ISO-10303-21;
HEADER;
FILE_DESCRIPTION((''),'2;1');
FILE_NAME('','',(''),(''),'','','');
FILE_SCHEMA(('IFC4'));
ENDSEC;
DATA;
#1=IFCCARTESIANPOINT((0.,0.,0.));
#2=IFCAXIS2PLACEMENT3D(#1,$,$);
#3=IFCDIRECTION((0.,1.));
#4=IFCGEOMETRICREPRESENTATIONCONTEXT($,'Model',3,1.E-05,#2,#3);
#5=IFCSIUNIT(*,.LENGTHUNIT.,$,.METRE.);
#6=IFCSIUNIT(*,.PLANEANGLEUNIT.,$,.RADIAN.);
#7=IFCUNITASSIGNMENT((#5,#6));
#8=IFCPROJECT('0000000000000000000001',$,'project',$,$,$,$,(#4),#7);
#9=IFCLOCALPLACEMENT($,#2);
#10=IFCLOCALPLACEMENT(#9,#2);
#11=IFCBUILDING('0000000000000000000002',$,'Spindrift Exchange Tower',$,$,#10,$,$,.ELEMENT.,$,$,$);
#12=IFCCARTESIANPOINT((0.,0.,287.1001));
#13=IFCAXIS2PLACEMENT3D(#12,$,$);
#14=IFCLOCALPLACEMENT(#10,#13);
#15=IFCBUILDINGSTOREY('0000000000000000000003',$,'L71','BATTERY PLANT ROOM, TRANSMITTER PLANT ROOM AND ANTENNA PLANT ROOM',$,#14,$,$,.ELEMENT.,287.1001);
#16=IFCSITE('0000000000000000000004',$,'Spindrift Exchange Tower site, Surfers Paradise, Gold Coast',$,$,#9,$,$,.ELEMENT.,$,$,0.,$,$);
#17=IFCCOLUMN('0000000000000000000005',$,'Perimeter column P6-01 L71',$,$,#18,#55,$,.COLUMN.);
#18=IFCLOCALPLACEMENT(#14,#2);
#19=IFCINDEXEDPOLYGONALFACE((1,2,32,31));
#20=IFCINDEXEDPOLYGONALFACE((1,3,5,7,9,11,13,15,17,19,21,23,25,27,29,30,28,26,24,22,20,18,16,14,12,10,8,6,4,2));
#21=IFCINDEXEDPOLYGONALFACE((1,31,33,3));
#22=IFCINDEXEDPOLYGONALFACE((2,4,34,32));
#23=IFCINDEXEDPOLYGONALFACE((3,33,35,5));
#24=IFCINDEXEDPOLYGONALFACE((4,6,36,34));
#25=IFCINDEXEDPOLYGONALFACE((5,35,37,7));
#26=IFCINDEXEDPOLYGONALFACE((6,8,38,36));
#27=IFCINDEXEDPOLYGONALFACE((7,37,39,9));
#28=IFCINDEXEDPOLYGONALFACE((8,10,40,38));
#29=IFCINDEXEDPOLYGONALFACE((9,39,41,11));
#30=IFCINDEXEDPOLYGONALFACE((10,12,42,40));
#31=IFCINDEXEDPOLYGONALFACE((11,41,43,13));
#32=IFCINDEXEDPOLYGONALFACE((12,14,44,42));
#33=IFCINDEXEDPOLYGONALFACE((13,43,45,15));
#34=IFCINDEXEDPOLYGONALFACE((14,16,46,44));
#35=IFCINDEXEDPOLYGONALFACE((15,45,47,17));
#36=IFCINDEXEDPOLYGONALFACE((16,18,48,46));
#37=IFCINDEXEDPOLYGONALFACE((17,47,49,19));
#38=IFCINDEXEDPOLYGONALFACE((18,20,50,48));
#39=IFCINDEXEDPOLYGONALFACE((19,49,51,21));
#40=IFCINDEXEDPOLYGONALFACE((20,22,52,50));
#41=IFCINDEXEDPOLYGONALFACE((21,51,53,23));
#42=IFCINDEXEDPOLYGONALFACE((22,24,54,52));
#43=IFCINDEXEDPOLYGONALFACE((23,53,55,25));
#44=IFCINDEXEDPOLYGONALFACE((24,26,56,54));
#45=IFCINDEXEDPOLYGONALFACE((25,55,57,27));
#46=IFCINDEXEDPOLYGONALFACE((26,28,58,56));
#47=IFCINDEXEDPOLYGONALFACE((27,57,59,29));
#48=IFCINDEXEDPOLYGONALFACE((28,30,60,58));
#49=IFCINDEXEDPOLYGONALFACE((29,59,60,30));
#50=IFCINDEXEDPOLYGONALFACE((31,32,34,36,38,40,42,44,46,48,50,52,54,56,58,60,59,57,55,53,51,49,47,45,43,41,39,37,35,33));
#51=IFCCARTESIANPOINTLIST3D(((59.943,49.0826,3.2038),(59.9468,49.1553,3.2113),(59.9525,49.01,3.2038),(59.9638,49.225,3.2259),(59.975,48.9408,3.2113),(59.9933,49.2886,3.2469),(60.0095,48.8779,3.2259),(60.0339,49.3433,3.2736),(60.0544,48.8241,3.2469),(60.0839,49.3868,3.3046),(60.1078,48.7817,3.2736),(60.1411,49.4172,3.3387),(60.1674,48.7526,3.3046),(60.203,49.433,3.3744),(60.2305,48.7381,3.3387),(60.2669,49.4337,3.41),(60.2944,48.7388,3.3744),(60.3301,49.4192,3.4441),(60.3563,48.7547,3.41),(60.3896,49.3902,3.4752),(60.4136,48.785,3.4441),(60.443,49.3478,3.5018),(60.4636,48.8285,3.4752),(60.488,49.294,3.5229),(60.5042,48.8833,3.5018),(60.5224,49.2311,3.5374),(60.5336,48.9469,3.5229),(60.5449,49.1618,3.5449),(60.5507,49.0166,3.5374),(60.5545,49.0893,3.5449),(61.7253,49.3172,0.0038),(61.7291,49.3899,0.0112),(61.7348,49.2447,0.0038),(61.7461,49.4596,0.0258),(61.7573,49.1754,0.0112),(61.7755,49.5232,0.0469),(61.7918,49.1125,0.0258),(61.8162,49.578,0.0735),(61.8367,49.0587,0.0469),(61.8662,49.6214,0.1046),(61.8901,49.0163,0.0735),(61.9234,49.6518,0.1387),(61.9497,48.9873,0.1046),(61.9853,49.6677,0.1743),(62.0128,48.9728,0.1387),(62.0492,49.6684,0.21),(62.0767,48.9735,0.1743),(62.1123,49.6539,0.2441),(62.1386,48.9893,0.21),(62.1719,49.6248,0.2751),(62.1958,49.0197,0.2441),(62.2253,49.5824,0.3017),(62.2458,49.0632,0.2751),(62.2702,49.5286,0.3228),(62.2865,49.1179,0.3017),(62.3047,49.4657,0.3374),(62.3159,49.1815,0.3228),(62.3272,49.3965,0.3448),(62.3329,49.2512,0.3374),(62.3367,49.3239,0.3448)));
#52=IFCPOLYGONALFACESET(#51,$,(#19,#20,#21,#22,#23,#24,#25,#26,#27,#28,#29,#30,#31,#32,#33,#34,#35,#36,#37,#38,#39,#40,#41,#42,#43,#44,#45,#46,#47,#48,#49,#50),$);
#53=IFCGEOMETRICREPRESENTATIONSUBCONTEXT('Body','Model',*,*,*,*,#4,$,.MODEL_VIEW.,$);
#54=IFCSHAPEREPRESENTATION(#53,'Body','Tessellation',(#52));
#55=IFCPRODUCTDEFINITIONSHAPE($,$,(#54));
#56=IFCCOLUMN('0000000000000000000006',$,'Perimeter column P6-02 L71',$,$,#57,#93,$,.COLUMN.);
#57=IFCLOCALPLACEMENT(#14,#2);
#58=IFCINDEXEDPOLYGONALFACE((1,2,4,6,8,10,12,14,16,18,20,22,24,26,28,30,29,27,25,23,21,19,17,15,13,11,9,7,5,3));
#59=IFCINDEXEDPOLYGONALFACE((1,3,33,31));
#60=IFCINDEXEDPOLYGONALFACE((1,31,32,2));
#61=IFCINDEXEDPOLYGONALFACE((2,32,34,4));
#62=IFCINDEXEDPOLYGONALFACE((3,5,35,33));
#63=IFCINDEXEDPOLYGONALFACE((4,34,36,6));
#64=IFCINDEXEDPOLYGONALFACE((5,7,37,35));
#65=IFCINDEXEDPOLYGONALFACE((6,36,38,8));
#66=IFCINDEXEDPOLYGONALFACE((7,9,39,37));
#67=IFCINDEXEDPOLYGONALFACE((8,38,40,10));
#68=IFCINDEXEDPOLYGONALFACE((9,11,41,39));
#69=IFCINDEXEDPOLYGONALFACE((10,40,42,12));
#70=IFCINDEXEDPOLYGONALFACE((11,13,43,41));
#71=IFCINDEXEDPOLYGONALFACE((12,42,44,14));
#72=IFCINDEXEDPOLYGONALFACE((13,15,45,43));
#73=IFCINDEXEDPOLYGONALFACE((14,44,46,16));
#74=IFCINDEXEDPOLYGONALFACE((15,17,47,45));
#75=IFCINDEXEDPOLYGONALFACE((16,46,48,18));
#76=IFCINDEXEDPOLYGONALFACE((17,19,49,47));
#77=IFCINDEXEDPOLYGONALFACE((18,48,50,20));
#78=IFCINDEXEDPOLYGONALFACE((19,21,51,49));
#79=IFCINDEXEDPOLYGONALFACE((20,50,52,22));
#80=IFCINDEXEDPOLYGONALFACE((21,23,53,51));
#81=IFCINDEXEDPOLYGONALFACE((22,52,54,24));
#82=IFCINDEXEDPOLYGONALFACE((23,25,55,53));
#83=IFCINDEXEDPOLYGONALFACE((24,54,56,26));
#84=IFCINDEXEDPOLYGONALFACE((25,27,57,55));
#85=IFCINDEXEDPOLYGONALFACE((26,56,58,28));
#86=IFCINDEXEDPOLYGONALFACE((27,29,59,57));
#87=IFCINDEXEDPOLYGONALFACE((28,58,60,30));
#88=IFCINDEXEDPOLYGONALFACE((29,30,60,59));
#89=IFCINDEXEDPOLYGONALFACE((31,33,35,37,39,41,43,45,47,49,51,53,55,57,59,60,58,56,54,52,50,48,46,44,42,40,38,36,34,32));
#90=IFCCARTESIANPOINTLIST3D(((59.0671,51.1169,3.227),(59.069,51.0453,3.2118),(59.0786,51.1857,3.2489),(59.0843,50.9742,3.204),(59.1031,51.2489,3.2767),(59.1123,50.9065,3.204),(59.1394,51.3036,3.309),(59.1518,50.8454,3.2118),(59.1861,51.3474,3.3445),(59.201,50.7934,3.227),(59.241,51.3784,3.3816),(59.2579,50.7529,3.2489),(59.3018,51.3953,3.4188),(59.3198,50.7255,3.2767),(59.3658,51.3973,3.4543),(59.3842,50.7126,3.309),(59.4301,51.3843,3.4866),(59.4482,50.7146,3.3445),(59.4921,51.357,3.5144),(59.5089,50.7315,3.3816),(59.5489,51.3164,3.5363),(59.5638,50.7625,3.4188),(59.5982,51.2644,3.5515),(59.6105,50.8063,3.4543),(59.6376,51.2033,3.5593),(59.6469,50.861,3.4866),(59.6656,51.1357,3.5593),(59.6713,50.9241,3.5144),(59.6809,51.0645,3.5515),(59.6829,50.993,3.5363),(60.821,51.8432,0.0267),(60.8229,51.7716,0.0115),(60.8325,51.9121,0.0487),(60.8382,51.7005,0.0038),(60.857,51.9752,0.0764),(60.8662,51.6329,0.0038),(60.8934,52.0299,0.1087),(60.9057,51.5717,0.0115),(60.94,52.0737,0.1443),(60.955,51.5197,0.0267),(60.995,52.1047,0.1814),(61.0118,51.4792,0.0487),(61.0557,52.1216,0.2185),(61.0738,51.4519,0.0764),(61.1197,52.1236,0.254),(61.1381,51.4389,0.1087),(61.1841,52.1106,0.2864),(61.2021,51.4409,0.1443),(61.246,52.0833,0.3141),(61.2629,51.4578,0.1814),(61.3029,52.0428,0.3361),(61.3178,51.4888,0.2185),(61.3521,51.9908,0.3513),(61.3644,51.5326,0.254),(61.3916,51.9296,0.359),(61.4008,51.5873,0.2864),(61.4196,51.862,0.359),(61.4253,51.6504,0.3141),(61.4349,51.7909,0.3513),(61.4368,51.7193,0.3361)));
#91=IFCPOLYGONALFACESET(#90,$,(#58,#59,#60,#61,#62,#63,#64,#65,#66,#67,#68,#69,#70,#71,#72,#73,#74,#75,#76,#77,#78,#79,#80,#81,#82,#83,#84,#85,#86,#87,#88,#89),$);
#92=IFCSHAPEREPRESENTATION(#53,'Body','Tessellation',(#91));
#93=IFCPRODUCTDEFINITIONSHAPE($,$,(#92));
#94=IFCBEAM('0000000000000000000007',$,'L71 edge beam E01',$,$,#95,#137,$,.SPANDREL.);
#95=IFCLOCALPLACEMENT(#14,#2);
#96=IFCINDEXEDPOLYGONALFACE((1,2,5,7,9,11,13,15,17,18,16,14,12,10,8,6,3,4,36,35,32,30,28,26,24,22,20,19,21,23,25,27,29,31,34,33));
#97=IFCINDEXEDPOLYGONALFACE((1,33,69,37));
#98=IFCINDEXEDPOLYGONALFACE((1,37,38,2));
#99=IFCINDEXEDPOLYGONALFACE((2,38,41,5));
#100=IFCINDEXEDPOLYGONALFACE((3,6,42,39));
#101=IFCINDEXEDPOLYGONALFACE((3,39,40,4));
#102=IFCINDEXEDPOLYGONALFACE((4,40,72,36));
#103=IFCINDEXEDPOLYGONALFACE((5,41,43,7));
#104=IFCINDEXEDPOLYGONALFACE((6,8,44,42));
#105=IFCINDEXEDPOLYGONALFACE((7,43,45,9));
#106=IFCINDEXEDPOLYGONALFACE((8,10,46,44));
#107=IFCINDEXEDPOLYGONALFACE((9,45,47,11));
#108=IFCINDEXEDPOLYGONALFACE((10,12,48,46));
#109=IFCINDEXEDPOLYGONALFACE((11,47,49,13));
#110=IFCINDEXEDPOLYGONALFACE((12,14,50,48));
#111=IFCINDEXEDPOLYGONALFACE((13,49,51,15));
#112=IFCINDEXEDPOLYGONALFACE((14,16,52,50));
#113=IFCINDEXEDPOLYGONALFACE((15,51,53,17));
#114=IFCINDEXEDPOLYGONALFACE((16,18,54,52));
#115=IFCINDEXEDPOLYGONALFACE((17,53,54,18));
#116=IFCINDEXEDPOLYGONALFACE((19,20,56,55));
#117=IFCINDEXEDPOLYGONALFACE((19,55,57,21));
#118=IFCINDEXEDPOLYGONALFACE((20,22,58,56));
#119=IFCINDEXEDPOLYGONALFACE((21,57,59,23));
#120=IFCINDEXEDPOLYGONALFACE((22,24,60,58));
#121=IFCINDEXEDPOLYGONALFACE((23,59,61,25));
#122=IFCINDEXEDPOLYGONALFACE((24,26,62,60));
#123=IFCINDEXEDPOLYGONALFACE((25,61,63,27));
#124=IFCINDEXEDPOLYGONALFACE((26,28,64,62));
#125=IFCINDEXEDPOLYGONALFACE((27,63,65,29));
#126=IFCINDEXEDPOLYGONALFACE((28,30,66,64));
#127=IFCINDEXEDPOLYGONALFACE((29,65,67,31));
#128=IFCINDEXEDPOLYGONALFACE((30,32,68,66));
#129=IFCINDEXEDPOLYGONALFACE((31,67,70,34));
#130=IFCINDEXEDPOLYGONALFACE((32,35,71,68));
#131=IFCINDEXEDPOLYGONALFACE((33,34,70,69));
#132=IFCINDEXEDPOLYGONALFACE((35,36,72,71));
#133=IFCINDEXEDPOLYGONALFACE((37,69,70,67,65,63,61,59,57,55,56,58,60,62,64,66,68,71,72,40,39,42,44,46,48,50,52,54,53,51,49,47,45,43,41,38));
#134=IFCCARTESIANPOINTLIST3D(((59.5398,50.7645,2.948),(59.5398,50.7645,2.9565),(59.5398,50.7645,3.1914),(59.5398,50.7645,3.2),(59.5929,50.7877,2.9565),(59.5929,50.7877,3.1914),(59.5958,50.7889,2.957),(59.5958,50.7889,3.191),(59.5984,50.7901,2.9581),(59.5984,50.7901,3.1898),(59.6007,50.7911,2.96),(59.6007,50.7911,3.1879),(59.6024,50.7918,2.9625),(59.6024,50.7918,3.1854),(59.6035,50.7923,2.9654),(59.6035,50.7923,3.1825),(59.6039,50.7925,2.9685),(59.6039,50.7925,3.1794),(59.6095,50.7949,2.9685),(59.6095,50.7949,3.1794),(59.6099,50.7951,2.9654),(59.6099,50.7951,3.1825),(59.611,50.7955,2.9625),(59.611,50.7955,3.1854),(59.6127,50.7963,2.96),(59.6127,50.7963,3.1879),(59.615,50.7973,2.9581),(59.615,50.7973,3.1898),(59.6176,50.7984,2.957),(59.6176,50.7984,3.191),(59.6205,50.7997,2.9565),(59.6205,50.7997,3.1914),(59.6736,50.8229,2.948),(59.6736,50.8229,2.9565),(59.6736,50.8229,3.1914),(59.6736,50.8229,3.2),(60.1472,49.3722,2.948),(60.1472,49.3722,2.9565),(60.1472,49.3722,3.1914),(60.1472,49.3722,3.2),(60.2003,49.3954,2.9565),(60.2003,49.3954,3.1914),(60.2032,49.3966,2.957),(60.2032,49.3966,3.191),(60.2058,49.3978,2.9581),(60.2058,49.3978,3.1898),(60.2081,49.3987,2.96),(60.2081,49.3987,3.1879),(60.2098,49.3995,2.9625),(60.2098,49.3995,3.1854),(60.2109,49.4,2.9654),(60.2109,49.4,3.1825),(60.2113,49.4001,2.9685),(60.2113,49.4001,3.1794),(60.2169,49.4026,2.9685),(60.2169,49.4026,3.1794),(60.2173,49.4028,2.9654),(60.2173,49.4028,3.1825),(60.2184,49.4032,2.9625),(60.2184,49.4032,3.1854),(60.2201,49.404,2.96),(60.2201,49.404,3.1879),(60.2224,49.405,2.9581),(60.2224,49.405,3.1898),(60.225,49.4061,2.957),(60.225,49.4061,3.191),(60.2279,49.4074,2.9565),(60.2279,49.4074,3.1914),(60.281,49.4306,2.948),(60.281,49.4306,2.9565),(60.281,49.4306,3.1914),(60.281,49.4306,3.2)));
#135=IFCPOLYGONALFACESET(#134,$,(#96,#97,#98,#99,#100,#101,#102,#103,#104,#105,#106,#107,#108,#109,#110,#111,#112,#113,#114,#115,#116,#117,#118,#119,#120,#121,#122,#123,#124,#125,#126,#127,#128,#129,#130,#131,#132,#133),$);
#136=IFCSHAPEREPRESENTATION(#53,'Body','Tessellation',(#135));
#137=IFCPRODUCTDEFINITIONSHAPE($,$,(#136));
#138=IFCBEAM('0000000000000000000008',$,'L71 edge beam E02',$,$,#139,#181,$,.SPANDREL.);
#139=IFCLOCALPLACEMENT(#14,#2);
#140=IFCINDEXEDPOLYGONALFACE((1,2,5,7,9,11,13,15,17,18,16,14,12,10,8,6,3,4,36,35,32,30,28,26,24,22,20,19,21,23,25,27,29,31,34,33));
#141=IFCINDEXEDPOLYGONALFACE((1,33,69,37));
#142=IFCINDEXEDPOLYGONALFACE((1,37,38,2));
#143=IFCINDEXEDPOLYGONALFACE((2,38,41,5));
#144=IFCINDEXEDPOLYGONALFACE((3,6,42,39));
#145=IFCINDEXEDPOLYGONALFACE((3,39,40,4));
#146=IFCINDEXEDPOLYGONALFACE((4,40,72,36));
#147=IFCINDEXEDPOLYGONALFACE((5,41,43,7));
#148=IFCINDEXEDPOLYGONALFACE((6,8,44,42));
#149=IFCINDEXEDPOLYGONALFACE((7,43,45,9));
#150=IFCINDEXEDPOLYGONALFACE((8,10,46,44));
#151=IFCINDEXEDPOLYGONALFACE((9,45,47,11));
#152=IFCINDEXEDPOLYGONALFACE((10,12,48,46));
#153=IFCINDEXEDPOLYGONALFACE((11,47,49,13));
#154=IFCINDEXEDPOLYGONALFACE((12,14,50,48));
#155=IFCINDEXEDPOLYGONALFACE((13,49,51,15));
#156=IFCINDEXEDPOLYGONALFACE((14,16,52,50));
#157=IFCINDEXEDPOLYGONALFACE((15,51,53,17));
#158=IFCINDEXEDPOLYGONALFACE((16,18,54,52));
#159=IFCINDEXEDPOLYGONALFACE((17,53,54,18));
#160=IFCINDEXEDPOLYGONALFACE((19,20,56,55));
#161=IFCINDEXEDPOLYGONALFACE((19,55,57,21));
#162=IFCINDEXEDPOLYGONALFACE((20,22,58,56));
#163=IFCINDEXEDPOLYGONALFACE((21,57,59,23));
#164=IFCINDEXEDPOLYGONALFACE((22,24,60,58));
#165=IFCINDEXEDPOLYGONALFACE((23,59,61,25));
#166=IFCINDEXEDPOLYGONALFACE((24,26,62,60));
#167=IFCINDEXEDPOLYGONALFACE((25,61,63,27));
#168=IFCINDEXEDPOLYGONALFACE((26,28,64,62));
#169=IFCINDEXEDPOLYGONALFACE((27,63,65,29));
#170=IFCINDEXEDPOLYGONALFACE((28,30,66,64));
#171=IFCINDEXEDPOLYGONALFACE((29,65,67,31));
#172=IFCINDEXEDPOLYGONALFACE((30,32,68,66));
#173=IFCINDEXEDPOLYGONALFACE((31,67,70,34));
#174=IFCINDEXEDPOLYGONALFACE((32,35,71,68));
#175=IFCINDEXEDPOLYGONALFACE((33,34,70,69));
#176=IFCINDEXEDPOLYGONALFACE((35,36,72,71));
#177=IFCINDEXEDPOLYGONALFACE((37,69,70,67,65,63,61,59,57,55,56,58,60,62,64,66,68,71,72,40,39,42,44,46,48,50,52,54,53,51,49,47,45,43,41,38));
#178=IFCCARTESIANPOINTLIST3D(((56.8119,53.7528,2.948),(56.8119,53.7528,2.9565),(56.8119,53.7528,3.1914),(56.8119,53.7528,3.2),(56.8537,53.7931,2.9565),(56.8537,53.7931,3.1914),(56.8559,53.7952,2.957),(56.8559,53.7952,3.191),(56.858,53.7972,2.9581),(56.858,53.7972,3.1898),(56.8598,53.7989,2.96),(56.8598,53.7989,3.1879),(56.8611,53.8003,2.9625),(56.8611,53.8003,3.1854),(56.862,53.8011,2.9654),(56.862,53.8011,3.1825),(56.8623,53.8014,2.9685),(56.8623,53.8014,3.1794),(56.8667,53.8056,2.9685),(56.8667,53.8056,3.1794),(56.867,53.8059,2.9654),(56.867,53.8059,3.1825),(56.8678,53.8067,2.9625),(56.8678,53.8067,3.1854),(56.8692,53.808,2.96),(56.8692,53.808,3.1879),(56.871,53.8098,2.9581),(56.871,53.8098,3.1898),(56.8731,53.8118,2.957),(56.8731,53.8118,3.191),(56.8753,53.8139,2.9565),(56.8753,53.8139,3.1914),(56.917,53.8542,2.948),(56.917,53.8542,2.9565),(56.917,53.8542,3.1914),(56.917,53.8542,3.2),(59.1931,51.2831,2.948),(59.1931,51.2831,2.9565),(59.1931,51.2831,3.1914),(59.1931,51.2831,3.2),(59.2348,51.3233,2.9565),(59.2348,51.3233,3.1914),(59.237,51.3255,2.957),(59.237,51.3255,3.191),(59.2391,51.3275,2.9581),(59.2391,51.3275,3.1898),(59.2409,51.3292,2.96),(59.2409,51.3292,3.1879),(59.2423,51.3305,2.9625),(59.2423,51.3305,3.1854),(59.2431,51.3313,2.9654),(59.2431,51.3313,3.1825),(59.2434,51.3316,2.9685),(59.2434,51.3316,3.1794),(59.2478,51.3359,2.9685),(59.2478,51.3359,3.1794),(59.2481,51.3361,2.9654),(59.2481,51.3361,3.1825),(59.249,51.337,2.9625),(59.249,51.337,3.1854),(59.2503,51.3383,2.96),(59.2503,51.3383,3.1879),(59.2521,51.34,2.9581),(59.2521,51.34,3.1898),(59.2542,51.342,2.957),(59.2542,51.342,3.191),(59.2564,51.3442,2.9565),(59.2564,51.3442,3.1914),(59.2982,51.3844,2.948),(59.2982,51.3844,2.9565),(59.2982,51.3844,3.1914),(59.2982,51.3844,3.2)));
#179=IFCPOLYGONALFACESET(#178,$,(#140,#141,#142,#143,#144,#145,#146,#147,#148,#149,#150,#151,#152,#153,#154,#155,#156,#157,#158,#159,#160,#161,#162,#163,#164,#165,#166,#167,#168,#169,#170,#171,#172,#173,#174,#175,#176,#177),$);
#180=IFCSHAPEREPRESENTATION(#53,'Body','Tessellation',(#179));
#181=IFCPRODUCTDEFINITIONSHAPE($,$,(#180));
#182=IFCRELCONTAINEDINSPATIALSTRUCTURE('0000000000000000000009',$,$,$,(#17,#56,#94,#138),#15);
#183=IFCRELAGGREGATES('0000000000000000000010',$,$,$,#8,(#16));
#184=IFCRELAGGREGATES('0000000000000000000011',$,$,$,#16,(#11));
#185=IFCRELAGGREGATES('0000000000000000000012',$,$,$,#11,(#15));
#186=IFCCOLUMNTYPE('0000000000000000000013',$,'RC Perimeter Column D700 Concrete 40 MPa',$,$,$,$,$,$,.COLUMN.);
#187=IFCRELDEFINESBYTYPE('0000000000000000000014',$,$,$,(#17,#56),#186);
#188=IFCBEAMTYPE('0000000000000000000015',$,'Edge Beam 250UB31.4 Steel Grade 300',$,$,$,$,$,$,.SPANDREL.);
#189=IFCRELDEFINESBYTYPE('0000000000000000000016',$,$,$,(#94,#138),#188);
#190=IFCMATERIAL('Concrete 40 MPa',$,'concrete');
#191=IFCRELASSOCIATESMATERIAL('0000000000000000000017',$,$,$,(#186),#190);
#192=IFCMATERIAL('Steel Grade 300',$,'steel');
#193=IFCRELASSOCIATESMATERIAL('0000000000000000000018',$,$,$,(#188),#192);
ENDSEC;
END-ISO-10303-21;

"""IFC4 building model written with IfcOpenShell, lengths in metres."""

from ifc_helpers import new_model, si_unit, direction, frame, origin, origin_2d, place, context, subcontext, project, spatial, circle, i_section, extrude, source, transform, mapped, material, material_profile, profile_set, type_object, element, save


model = new_model("IFC4")

# Units and contexts
model_context = context("Model", 3, precision=1e-05, world=origin(), true_north=direction((0.0, 1.0)))
body_context = subcontext(model_context, "Body", "Model", "MODEL_VIEW")
ifc_project = project(units=[si_unit("LENGTHUNIT", "METRE"), si_unit("PLANEANGLEUNIT", "RADIAN")], contexts=[model_context])

# Site, building, storey
site_placement = place(None, origin())
site = spatial("IfcSite", under=ifc_project, at=site_placement, Name="Spindrift Exchange Tower site, Surfers Paradise, Gold Coast", CompositionType="ELEMENT", RefElevation=0.0)
building_placement = place(site_placement, origin())
building = spatial("IfcBuilding", under=site, at=building_placement, Name="Spindrift Exchange Tower", CompositionType="ELEMENT")
storey_placement = place(building_placement, frame((0.0, 0.0, 287.1001)))
storey = spatial("IfcBuildingStorey", under=building, at=storey_placement, Name="L71", Description="BATTERY PLANT ROOM, TRANSMITTER PLANT ROOM AND ANTENNA PLANT ROOM", CompositionType="ELEMENT", Elevation=287.1001)

# Columns
ifc_material_1 = material(Name="Concrete 40 MPa", Category="concrete")
ifc_material_profile_1 = material_profile(ifc_material_1, circle(Radius=0.3501, at=origin_2d()), Name="RC D700")
ifc_profile_set_1 = profile_set([ifc_material_profile_1], Name="Concrete 40 MPa")
column_type = type_object("IfcColumnType", Name="RC Perimeter Column D700 Concrete 40 MPa", PredefinedType="COLUMN", material=ifc_profile_set_1)
shared_shape_1 = source(origin(), body_context, "Body", "SweptSolid", [
    extrude(circle(Radius=0.3501, at=origin_2d()), origin(), (0.0, 0.0, 1.0), 3.6704),
])
column_1_placement = place(storey_placement, frame((62.031, 49.3206, 0.1743), z_axis=(-0.485581, -0.063924, 0.871851), x_axis=(0.130518, -0.991446, 0.0)))
element("IfcColumn", 1, at=column_1_placement, inside=storey, type_object=column_type, Name="Perimeter column P6-01 L71", PredefinedType="COLUMN", context=body_context, shape_type="MappedRepresentation", body=[
    mapped(shared_shape_1, transform((0.0, 0.0, 0.0), scale=1.0)),
])
shared_shape_2 = source(origin(), body_context, "Body", "SweptSolid", [
    extrude(circle(Radius=0.3501, at=origin_2d()), origin(), (0.0, 0.0, 1.0), 3.7209),
])
column_2_placement = place(storey_placement, frame((61.1289, 51.7812, 0.1814), z_axis=(-0.471368, -0.195201, 0.860063), x_axis=(0.382605, -0.923912, 0.0)))
element("IfcColumn", 2, at=column_2_placement, inside=storey, type_object=column_type, Name="Perimeter column P6-02 L71", PredefinedType="COLUMN", context=body_context, shape_type="MappedRepresentation", body=[
    mapped(shared_shape_2, transform((0.0, 0.0, 0.0), scale=1.0)),
])

# Beams
ifc_material_2 = material(Name="Steel Grade 300", Category="steel")
ifc_material_profile_2 = material_profile(ifc_material_2, i_section(OverallWidth=0.146, OverallDepth=0.252, WebThickness=0.0061, FlangeThickness=0.0085, FilletRadius=0.012, at=origin_2d()), Name="250UB31.4")
ifc_profile_set_2 = profile_set([ifc_material_profile_2], Name="Steel Grade 300")
beam_type = type_object("IfcBeamType", Name="Edge Beam 250UB31.4 Steel Grade 300", PredefinedType="SPANDREL", material=ifc_profile_set_2)
shared_shape_3 = source(origin(), body_context, "Body", "SweptSolid", [
    extrude(i_section(OverallWidth=0.146, OverallDepth=0.252, WebThickness=0.0061, FlangeThickness=0.0085, FilletRadius=0.012, at=origin_2d()), origin(), (0.0, 0.0, 1.0), 1.519),
])
beam_1_placement = place(storey_placement, frame((60.2141, 49.4014, 3.074), z_axis=(-0.399866, 0.916574, 0.0), x_axis=(-0.916574, -0.399866, 0.0)))
element("IfcBeam", 3, at=beam_1_placement, inside=storey, type_object=beam_type, Name="L71 edge beam E01", PredefinedType="SPANDREL", context=body_context, shape_type="MappedRepresentation", body=[
    mapped(shared_shape_3, transform((0.0, 0.0, 0.0), scale=1.0)),
])
shared_shape_4 = source(origin(), body_context, "Body", "SweptSolid", [
    extrude(i_section(OverallWidth=0.146, OverallDepth=0.252, WebThickness=0.0061, FlangeThickness=0.0085, FilletRadius=0.012, at=origin_2d()), origin(), (0.0, 0.0, 1.0), 3.4307),
])
beam_2_placement = place(storey_placement, frame((59.2456, 51.3337, 3.074), z_axis=(-0.694072, 0.719905, 0.0), x_axis=(-0.719905, -0.694072, 0.0)))
element("IfcBeam", 4, at=beam_2_placement, inside=storey, type_object=beam_type, Name="L71 edge beam E02", PredefinedType="SPANDREL", context=body_context, shape_type="MappedRepresentation", body=[
    mapped(shared_shape_4, transform((0.0, 0.0, 0.0), scale=1.0)),
])

save(model, "model.ifc")
